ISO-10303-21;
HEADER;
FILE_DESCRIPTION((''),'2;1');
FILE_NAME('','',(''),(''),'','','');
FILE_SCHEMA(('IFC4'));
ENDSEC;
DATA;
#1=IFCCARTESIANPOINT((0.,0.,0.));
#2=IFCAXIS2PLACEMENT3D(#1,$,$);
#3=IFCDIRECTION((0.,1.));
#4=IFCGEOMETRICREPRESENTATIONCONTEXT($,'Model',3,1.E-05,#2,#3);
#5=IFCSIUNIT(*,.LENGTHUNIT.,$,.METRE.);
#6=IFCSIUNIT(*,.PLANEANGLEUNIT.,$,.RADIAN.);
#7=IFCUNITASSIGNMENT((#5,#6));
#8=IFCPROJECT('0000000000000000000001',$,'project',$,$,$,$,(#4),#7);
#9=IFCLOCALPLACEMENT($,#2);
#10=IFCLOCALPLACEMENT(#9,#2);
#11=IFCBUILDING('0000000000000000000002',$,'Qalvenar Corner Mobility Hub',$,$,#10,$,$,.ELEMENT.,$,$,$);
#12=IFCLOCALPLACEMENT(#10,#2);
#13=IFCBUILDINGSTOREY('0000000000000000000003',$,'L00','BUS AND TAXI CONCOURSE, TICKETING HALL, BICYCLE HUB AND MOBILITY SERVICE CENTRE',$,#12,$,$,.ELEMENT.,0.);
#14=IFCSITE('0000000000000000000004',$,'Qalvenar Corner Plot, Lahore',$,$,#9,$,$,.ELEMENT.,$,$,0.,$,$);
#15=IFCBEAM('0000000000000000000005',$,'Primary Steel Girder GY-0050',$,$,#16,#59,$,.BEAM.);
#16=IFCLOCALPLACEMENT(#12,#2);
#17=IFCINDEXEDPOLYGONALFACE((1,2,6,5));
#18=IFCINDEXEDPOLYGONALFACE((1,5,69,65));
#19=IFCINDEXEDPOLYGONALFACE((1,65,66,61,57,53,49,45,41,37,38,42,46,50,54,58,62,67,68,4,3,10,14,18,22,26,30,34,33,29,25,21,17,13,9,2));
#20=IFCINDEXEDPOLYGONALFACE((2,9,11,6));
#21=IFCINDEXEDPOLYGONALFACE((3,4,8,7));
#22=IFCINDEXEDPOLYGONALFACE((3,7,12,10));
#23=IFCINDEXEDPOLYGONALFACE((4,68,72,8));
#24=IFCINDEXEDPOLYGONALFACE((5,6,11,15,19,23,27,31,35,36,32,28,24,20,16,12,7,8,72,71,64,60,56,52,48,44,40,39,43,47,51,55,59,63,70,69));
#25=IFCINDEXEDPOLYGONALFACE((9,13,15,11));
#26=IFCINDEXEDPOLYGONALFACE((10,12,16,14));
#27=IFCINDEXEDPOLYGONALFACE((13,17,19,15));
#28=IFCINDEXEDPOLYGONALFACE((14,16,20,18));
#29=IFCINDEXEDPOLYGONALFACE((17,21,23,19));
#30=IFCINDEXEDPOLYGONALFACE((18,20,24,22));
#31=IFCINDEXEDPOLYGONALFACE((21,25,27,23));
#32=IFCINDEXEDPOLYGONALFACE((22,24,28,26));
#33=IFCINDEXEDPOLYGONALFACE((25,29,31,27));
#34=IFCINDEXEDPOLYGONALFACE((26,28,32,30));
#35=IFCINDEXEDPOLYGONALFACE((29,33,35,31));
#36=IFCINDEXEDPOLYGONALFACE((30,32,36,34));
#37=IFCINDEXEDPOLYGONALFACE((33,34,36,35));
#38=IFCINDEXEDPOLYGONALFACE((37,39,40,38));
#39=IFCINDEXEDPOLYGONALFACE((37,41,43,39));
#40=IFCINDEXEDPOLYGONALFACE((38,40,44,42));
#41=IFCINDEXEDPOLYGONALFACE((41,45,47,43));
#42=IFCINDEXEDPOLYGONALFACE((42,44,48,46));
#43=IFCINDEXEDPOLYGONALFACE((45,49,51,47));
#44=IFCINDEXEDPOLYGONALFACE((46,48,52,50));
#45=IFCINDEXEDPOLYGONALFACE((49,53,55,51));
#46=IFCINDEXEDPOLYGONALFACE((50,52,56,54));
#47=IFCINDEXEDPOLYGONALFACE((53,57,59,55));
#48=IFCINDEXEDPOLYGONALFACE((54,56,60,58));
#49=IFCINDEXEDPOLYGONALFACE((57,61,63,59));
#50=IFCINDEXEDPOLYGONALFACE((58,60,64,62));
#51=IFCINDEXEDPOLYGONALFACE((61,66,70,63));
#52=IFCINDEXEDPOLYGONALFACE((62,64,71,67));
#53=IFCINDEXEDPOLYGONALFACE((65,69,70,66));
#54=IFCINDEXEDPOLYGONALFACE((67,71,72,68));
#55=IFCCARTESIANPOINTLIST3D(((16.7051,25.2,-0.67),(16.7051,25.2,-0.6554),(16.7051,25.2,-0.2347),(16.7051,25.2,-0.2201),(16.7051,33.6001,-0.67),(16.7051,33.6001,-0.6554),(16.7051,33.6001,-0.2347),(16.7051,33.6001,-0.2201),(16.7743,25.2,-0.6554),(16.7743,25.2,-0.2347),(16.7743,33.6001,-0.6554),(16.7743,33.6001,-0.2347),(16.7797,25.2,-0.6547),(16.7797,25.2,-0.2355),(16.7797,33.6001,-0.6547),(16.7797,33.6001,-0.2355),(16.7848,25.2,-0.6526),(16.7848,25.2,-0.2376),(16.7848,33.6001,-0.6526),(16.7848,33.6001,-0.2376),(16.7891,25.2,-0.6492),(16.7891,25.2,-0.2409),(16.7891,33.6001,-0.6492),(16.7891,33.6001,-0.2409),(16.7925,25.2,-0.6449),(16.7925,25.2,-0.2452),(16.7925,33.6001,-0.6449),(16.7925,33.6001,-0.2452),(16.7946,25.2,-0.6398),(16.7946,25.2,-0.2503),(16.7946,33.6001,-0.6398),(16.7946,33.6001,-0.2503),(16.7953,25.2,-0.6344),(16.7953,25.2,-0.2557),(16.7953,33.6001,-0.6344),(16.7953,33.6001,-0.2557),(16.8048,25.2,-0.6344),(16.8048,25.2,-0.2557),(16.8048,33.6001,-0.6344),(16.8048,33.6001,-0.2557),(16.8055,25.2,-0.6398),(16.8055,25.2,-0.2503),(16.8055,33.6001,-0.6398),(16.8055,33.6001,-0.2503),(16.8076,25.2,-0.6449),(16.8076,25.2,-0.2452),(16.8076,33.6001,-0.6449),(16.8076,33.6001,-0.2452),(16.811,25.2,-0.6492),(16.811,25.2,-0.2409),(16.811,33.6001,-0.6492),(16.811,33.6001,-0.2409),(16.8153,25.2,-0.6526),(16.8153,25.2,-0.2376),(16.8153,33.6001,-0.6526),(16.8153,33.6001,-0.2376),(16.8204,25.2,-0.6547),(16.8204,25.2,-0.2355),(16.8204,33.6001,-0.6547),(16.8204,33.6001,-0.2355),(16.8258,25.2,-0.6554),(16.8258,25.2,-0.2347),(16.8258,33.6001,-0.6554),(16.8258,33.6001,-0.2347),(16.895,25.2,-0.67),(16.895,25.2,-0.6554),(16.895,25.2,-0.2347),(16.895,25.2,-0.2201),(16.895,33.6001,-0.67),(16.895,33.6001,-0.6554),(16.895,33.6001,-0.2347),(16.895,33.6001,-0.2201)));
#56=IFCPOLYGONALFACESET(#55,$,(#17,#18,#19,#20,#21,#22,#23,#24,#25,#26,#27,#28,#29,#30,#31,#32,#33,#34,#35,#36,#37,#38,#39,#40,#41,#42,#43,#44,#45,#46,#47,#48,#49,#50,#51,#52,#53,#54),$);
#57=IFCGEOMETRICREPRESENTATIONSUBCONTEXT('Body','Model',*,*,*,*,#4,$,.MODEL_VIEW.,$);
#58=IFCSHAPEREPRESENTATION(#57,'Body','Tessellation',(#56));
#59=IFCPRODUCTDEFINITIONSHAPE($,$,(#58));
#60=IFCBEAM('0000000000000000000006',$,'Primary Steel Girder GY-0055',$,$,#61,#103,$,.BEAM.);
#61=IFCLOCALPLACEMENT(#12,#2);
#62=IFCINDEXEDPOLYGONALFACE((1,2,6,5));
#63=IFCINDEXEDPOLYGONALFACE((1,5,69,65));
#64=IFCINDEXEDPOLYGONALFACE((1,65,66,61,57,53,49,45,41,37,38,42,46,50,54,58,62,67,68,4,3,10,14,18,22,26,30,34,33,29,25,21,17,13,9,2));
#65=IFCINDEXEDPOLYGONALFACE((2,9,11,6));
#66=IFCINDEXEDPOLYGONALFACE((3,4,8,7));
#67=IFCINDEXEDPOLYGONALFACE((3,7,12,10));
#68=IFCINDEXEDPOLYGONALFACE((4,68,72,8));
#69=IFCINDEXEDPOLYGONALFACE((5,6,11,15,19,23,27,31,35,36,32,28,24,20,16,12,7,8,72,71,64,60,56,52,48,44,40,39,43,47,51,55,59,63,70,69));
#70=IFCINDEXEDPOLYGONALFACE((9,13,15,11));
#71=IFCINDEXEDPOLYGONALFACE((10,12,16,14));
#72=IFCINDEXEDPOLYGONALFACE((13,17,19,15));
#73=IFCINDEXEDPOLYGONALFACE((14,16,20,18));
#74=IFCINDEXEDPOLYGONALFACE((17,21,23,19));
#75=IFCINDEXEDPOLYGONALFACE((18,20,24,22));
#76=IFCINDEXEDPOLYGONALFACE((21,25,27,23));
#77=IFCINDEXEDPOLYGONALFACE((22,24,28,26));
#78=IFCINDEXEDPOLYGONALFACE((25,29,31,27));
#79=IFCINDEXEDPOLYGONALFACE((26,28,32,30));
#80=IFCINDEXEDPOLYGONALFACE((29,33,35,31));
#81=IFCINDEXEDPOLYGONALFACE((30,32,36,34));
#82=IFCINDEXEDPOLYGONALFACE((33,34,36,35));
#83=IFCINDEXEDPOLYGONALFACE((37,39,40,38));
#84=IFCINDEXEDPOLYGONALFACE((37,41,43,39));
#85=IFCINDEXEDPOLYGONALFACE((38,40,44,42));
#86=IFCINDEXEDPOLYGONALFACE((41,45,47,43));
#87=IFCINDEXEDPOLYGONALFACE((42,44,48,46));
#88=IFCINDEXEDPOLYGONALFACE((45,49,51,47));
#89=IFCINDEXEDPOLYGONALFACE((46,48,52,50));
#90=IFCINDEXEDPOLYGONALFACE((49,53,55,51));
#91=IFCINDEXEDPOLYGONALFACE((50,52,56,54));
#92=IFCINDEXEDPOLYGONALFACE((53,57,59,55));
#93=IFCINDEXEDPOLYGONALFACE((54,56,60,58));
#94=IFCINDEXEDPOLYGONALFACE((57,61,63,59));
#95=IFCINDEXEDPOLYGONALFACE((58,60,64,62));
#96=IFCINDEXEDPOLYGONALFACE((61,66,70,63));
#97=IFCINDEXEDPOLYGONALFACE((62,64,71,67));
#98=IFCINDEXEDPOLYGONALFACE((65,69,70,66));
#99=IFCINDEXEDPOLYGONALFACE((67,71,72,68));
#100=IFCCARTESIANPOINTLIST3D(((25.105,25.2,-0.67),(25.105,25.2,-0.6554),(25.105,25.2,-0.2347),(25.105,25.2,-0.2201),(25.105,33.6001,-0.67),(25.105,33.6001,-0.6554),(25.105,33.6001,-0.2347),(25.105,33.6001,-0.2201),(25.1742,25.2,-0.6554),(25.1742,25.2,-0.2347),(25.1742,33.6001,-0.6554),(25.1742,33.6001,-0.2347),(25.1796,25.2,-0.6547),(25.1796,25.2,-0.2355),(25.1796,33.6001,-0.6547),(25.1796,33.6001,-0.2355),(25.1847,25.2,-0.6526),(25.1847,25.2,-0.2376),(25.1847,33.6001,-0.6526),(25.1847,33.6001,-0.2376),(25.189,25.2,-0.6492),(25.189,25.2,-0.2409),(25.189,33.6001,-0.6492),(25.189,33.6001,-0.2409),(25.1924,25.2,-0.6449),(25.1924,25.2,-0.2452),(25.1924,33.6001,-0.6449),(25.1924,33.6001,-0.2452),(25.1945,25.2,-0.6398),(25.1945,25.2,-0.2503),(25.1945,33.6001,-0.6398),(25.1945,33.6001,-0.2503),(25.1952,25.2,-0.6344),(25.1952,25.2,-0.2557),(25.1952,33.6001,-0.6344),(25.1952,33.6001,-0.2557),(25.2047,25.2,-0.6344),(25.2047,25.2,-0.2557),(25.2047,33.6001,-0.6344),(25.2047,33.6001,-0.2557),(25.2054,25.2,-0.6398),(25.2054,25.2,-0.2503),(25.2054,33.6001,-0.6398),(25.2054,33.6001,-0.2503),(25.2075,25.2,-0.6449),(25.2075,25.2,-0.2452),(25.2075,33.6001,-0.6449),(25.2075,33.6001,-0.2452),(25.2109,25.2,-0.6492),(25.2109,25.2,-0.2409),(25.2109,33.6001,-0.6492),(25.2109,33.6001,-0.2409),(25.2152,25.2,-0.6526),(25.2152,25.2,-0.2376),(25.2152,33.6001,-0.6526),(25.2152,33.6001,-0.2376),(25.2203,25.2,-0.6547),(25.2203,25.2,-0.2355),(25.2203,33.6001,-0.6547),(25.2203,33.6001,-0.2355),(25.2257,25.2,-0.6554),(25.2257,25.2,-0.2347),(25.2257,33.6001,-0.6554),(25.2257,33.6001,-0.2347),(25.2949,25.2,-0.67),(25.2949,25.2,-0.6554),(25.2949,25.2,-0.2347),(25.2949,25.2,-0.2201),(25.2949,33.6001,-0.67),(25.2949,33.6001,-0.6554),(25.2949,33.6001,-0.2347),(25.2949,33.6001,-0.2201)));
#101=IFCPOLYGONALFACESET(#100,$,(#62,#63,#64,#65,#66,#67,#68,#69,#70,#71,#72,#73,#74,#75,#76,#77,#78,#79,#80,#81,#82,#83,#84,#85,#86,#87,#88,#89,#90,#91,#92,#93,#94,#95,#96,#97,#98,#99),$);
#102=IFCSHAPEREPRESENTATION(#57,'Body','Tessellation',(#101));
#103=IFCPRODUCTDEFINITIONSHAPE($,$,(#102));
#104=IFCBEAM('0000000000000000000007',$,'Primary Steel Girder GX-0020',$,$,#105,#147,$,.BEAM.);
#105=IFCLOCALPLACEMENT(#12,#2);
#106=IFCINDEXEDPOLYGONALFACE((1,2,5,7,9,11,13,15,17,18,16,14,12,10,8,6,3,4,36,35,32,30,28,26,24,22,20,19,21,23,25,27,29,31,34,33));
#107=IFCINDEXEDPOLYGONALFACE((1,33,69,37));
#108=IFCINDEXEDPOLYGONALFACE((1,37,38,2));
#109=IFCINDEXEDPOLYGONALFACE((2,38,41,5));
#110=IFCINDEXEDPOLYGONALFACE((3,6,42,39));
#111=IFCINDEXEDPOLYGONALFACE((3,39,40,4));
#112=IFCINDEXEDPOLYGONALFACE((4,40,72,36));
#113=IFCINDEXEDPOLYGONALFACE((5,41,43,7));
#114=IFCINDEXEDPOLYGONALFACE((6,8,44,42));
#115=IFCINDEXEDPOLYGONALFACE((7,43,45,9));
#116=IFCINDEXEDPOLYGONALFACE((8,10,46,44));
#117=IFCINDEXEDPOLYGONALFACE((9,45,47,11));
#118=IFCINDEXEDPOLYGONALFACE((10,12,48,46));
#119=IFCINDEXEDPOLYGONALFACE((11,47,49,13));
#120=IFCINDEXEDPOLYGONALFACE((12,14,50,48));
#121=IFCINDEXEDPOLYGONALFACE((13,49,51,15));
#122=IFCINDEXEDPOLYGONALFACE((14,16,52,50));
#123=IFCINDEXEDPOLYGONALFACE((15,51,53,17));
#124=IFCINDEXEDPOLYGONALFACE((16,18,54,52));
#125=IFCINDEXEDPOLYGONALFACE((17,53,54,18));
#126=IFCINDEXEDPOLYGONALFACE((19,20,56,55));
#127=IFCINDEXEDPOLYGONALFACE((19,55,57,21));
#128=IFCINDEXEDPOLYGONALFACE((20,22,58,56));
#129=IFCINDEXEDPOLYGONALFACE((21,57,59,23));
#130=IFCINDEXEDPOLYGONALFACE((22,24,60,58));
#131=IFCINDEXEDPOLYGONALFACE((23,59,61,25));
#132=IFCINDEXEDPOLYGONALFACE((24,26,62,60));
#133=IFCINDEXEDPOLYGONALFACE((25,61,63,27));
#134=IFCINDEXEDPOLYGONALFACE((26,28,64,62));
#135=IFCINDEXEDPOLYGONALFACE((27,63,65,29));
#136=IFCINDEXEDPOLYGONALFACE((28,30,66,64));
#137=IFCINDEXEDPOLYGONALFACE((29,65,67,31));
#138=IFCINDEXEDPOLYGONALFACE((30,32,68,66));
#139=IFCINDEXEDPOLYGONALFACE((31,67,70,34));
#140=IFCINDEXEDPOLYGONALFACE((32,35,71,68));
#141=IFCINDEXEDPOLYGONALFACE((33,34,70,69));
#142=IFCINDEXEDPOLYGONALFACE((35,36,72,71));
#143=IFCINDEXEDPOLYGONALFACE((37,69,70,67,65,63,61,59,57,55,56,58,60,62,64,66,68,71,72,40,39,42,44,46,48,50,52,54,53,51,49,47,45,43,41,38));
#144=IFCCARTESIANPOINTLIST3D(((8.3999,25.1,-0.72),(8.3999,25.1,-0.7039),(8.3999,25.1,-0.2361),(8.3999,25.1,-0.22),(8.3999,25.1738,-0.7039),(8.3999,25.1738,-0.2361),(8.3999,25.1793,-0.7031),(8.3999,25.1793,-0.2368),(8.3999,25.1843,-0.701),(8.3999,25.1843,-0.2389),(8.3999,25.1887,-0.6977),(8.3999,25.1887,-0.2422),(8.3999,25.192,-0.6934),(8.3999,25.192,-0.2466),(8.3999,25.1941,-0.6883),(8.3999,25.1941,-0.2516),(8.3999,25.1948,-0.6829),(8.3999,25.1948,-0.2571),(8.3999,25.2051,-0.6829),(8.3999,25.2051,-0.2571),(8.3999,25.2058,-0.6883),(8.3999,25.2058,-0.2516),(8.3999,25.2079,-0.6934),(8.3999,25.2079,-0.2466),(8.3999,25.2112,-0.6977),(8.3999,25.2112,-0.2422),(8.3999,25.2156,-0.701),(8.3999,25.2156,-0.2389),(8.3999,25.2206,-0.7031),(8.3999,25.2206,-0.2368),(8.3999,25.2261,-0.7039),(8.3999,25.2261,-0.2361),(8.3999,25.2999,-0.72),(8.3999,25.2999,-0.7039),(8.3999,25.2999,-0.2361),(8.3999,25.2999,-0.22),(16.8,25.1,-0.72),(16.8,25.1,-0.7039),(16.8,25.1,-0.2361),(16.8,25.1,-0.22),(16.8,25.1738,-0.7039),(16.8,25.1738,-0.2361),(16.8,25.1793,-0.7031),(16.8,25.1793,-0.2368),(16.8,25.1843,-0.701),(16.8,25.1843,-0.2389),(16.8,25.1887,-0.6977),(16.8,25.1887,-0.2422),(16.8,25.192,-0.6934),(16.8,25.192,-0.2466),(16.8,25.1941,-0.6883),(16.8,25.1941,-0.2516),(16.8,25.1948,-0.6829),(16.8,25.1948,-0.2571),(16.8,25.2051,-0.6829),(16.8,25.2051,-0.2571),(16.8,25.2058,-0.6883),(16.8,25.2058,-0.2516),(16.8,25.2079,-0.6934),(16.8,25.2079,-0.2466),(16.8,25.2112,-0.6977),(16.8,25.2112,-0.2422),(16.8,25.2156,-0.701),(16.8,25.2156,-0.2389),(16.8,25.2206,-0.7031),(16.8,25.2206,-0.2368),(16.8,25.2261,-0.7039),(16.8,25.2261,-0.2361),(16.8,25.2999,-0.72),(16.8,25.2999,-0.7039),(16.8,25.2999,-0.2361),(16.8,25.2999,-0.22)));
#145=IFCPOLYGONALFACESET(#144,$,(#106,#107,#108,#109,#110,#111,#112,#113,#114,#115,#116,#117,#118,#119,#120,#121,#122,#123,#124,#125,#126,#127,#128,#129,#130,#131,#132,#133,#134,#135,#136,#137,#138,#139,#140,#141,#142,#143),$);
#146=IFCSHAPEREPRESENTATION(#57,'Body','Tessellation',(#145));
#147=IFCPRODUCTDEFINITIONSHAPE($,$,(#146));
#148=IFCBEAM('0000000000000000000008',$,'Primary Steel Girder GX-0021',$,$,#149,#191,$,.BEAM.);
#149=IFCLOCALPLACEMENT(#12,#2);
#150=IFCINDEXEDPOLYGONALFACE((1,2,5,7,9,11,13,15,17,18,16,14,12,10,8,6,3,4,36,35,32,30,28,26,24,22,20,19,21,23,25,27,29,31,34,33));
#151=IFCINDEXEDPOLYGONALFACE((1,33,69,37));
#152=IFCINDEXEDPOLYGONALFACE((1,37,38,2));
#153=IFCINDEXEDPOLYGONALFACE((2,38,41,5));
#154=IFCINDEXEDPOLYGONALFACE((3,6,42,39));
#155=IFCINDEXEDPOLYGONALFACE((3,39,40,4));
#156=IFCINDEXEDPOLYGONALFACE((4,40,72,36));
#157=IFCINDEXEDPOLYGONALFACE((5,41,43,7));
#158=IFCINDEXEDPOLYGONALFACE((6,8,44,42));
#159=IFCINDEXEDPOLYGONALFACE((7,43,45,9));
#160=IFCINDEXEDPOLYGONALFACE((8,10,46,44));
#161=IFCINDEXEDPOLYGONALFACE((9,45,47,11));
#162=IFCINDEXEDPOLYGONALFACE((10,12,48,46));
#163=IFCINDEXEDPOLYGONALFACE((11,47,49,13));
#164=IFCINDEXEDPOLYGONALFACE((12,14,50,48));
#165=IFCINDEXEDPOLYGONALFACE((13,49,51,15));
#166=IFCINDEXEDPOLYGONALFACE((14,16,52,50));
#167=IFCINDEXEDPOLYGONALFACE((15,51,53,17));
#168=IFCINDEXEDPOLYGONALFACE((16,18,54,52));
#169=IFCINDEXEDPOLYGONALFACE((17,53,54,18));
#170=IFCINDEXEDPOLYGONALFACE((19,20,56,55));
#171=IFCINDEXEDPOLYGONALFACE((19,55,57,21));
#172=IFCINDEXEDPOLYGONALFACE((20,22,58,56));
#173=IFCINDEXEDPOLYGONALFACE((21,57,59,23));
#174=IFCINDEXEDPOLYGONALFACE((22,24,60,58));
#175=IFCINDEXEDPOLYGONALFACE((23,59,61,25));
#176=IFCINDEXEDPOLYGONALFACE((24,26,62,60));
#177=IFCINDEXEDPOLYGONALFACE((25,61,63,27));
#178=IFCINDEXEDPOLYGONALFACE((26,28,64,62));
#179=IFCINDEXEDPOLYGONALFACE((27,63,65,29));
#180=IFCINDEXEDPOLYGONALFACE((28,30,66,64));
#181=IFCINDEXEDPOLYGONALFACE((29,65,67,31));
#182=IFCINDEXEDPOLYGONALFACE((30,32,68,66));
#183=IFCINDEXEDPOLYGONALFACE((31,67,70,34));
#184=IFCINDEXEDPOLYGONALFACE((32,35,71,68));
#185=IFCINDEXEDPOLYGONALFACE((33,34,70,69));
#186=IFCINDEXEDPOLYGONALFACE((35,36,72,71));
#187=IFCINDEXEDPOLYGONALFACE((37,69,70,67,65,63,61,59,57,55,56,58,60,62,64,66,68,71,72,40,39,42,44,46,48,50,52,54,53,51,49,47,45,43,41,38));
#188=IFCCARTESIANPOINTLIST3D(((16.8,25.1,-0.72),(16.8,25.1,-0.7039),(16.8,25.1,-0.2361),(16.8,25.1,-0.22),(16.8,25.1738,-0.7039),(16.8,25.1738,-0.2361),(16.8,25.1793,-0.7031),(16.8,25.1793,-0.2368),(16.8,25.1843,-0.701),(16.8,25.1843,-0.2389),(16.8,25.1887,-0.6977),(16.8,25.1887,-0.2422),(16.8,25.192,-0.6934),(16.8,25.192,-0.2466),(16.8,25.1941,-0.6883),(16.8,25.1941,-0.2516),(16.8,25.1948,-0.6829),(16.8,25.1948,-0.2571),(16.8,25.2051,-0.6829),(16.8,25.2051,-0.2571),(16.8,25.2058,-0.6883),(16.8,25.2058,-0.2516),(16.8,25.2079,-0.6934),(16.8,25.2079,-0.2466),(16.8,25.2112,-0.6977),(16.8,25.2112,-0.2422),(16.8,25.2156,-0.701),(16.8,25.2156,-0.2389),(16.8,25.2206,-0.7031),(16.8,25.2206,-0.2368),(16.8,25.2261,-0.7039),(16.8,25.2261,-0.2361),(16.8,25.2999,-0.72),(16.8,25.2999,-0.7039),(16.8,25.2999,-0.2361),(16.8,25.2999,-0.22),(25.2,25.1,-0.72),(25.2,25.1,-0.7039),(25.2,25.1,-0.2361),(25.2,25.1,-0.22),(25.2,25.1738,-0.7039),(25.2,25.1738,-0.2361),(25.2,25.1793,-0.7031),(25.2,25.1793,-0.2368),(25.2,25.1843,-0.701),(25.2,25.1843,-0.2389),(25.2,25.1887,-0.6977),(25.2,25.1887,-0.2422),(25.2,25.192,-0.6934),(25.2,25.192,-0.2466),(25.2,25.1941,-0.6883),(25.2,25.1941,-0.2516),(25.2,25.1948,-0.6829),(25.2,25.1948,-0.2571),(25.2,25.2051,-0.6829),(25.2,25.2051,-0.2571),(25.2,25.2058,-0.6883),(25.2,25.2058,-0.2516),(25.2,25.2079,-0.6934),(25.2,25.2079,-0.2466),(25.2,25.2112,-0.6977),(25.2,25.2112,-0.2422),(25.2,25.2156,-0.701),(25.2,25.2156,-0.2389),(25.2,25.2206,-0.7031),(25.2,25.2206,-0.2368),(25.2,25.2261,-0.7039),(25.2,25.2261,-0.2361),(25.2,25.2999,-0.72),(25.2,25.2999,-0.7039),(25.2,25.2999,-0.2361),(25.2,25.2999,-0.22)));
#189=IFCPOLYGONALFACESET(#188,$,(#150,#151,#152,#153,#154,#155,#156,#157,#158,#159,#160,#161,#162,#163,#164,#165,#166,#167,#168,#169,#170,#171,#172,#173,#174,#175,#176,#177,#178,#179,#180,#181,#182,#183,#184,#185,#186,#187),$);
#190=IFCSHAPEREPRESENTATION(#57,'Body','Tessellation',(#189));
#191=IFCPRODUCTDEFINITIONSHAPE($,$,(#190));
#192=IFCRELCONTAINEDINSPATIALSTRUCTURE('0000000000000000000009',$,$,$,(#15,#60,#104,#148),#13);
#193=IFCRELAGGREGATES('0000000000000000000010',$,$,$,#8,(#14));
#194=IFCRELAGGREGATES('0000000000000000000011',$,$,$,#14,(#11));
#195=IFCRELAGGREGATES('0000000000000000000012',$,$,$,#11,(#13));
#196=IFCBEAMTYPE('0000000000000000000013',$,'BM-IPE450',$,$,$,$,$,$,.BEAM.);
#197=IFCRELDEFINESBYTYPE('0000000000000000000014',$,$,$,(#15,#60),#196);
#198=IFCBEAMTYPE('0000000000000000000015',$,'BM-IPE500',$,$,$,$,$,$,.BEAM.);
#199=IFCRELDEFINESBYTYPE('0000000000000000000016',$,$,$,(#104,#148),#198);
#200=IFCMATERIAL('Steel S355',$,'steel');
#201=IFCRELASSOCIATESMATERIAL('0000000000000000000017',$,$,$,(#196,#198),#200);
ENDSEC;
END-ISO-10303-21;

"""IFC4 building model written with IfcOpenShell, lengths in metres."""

from ifc_helpers import new_model, si_unit, direction, frame, origin, origin_2d, place, context, subcontext, project, spatial, i_section, extrude, material, material_profile, profile_set, type_object, element, save


model = new_model("IFC4")

# Units and contexts
model_context = context("Model", 3, precision=1e-05, world=origin(), true_north=direction((0.0, 1.0)))
body_context = subcontext(model_context, "Body", "Model", "MODEL_VIEW")
ifc_project = project(units=[si_unit("LENGTHUNIT", "METRE"), si_unit("PLANEANGLEUNIT", "RADIAN")], contexts=[model_context])

# Site, building, storey
site_placement = place(None, origin())
site = spatial("IfcSite", under=ifc_project, at=site_placement, Name="Qalvenar Corner Plot, Lahore", CompositionType="ELEMENT", RefElevation=0.0)
building_placement = place(site_placement, origin())
building = spatial("IfcBuilding", under=site, at=building_placement, Name="Qalvenar Corner Mobility Hub", CompositionType="ELEMENT")
storey_placement = place(building_placement, origin())
storey = spatial("IfcBuildingStorey", under=building, at=storey_placement, Name="L00", Description="BUS AND TAXI CONCOURSE, TICKETING HALL, BICYCLE HUB AND MOBILITY SERVICE CENTRE", CompositionType="ELEMENT", Elevation=0.0)

# Shared definitions
ifc_material_1 = material(Name="Steel S355", Category="steel")

# Beams
ifc_material_profile_1 = material_profile(ifc_material_1, i_section(OverallWidth=0.1899, OverallDepth=0.45, WebThickness=0.0095, FlangeThickness=0.0146, FilletRadius=0.021, at=origin_2d()), Name="IPE450")
ifc_profile_set_1 = profile_set([ifc_material_profile_1], Name="Steel S355")
beam_type_1 = type_object("IfcBeamType", Name="BM-IPE450", PredefinedType="BEAM", material=ifc_profile_set_1)
for number, where, z_axis, x_axis, name in (
    (1, (16.8, 25.2, -0.4451), (0.0, 1.0, 0.0), (-1.0, 0.0, 0.0), "Primary Steel Girder GY-0050"),
    (2, (25.2, 25.2, -0.4451), (0.0, 1.0, 0.0), (-1.0, 0.0, 0.0), "Primary Steel Girder GY-0055"),
):
    element("IfcBeam", number, at=place(storey_placement, frame(where, z_axis=z_axis, x_axis=x_axis)), inside=storey, type_object=beam_type_1, Name=name, PredefinedType="BEAM", context=body_context, shape_type="SweptSolid", body=[
        extrude(i_section(OverallWidth=0.1899, OverallDepth=0.45, WebThickness=0.0095, FlangeThickness=0.0146, FilletRadius=0.021, at=origin_2d()), origin(), (0.0, 0.0, 1.0), 8.4001),
    ])
ifc_material_profile_2 = material_profile(ifc_material_1, i_section(OverallWidth=0.2, OverallDepth=0.5, WebThickness=0.0103, FlangeThickness=0.0161, FilletRadius=0.021, at=origin_2d()), Name="IPE500")
ifc_profile_set_2 = profile_set([ifc_material_profile_2], Name="Steel S355")
beam_type_2 = type_object("IfcBeamType", Name="BM-IPE500", PredefinedType="BEAM", material=ifc_profile_set_2)
beam_1_placement = place(storey_placement, frame((8.3999, 25.2, -0.47), z_axis=(1.0, 0.0, 0.0), x_axis=(0.0, 1.0, 0.0)))
element("IfcBeam", 3, at=beam_1_placement, inside=storey, type_object=beam_type_2, Name="Primary Steel Girder GX-0020", PredefinedType="BEAM", context=body_context, shape_type="SweptSolid", body=[
    extrude(i_section(OverallWidth=0.2, OverallDepth=0.5, WebThickness=0.0103, FlangeThickness=0.0161, FilletRadius=0.021, at=origin_2d()), origin(), (0.0, 0.0, 1.0), 8.4001),
])
beam_2_placement = place(storey_placement, frame((16.8, 25.2, -0.47), z_axis=(1.0, 0.0, 0.0), x_axis=(0.0, 1.0, 0.0)))
element("IfcBeam", 4, at=beam_2_placement, inside=storey, type_object=beam_type_2, Name="Primary Steel Girder GX-0021", PredefinedType="BEAM", context=body_context, shape_type="SweptSolid", body=[
    extrude(i_section(OverallWidth=0.2, OverallDepth=0.5, WebThickness=0.0103, FlangeThickness=0.0161, FilletRadius=0.021, at=origin_2d()), origin(), (0.0, 0.0, 1.0), 8.3999),
])

save(model, "model.ifc")
